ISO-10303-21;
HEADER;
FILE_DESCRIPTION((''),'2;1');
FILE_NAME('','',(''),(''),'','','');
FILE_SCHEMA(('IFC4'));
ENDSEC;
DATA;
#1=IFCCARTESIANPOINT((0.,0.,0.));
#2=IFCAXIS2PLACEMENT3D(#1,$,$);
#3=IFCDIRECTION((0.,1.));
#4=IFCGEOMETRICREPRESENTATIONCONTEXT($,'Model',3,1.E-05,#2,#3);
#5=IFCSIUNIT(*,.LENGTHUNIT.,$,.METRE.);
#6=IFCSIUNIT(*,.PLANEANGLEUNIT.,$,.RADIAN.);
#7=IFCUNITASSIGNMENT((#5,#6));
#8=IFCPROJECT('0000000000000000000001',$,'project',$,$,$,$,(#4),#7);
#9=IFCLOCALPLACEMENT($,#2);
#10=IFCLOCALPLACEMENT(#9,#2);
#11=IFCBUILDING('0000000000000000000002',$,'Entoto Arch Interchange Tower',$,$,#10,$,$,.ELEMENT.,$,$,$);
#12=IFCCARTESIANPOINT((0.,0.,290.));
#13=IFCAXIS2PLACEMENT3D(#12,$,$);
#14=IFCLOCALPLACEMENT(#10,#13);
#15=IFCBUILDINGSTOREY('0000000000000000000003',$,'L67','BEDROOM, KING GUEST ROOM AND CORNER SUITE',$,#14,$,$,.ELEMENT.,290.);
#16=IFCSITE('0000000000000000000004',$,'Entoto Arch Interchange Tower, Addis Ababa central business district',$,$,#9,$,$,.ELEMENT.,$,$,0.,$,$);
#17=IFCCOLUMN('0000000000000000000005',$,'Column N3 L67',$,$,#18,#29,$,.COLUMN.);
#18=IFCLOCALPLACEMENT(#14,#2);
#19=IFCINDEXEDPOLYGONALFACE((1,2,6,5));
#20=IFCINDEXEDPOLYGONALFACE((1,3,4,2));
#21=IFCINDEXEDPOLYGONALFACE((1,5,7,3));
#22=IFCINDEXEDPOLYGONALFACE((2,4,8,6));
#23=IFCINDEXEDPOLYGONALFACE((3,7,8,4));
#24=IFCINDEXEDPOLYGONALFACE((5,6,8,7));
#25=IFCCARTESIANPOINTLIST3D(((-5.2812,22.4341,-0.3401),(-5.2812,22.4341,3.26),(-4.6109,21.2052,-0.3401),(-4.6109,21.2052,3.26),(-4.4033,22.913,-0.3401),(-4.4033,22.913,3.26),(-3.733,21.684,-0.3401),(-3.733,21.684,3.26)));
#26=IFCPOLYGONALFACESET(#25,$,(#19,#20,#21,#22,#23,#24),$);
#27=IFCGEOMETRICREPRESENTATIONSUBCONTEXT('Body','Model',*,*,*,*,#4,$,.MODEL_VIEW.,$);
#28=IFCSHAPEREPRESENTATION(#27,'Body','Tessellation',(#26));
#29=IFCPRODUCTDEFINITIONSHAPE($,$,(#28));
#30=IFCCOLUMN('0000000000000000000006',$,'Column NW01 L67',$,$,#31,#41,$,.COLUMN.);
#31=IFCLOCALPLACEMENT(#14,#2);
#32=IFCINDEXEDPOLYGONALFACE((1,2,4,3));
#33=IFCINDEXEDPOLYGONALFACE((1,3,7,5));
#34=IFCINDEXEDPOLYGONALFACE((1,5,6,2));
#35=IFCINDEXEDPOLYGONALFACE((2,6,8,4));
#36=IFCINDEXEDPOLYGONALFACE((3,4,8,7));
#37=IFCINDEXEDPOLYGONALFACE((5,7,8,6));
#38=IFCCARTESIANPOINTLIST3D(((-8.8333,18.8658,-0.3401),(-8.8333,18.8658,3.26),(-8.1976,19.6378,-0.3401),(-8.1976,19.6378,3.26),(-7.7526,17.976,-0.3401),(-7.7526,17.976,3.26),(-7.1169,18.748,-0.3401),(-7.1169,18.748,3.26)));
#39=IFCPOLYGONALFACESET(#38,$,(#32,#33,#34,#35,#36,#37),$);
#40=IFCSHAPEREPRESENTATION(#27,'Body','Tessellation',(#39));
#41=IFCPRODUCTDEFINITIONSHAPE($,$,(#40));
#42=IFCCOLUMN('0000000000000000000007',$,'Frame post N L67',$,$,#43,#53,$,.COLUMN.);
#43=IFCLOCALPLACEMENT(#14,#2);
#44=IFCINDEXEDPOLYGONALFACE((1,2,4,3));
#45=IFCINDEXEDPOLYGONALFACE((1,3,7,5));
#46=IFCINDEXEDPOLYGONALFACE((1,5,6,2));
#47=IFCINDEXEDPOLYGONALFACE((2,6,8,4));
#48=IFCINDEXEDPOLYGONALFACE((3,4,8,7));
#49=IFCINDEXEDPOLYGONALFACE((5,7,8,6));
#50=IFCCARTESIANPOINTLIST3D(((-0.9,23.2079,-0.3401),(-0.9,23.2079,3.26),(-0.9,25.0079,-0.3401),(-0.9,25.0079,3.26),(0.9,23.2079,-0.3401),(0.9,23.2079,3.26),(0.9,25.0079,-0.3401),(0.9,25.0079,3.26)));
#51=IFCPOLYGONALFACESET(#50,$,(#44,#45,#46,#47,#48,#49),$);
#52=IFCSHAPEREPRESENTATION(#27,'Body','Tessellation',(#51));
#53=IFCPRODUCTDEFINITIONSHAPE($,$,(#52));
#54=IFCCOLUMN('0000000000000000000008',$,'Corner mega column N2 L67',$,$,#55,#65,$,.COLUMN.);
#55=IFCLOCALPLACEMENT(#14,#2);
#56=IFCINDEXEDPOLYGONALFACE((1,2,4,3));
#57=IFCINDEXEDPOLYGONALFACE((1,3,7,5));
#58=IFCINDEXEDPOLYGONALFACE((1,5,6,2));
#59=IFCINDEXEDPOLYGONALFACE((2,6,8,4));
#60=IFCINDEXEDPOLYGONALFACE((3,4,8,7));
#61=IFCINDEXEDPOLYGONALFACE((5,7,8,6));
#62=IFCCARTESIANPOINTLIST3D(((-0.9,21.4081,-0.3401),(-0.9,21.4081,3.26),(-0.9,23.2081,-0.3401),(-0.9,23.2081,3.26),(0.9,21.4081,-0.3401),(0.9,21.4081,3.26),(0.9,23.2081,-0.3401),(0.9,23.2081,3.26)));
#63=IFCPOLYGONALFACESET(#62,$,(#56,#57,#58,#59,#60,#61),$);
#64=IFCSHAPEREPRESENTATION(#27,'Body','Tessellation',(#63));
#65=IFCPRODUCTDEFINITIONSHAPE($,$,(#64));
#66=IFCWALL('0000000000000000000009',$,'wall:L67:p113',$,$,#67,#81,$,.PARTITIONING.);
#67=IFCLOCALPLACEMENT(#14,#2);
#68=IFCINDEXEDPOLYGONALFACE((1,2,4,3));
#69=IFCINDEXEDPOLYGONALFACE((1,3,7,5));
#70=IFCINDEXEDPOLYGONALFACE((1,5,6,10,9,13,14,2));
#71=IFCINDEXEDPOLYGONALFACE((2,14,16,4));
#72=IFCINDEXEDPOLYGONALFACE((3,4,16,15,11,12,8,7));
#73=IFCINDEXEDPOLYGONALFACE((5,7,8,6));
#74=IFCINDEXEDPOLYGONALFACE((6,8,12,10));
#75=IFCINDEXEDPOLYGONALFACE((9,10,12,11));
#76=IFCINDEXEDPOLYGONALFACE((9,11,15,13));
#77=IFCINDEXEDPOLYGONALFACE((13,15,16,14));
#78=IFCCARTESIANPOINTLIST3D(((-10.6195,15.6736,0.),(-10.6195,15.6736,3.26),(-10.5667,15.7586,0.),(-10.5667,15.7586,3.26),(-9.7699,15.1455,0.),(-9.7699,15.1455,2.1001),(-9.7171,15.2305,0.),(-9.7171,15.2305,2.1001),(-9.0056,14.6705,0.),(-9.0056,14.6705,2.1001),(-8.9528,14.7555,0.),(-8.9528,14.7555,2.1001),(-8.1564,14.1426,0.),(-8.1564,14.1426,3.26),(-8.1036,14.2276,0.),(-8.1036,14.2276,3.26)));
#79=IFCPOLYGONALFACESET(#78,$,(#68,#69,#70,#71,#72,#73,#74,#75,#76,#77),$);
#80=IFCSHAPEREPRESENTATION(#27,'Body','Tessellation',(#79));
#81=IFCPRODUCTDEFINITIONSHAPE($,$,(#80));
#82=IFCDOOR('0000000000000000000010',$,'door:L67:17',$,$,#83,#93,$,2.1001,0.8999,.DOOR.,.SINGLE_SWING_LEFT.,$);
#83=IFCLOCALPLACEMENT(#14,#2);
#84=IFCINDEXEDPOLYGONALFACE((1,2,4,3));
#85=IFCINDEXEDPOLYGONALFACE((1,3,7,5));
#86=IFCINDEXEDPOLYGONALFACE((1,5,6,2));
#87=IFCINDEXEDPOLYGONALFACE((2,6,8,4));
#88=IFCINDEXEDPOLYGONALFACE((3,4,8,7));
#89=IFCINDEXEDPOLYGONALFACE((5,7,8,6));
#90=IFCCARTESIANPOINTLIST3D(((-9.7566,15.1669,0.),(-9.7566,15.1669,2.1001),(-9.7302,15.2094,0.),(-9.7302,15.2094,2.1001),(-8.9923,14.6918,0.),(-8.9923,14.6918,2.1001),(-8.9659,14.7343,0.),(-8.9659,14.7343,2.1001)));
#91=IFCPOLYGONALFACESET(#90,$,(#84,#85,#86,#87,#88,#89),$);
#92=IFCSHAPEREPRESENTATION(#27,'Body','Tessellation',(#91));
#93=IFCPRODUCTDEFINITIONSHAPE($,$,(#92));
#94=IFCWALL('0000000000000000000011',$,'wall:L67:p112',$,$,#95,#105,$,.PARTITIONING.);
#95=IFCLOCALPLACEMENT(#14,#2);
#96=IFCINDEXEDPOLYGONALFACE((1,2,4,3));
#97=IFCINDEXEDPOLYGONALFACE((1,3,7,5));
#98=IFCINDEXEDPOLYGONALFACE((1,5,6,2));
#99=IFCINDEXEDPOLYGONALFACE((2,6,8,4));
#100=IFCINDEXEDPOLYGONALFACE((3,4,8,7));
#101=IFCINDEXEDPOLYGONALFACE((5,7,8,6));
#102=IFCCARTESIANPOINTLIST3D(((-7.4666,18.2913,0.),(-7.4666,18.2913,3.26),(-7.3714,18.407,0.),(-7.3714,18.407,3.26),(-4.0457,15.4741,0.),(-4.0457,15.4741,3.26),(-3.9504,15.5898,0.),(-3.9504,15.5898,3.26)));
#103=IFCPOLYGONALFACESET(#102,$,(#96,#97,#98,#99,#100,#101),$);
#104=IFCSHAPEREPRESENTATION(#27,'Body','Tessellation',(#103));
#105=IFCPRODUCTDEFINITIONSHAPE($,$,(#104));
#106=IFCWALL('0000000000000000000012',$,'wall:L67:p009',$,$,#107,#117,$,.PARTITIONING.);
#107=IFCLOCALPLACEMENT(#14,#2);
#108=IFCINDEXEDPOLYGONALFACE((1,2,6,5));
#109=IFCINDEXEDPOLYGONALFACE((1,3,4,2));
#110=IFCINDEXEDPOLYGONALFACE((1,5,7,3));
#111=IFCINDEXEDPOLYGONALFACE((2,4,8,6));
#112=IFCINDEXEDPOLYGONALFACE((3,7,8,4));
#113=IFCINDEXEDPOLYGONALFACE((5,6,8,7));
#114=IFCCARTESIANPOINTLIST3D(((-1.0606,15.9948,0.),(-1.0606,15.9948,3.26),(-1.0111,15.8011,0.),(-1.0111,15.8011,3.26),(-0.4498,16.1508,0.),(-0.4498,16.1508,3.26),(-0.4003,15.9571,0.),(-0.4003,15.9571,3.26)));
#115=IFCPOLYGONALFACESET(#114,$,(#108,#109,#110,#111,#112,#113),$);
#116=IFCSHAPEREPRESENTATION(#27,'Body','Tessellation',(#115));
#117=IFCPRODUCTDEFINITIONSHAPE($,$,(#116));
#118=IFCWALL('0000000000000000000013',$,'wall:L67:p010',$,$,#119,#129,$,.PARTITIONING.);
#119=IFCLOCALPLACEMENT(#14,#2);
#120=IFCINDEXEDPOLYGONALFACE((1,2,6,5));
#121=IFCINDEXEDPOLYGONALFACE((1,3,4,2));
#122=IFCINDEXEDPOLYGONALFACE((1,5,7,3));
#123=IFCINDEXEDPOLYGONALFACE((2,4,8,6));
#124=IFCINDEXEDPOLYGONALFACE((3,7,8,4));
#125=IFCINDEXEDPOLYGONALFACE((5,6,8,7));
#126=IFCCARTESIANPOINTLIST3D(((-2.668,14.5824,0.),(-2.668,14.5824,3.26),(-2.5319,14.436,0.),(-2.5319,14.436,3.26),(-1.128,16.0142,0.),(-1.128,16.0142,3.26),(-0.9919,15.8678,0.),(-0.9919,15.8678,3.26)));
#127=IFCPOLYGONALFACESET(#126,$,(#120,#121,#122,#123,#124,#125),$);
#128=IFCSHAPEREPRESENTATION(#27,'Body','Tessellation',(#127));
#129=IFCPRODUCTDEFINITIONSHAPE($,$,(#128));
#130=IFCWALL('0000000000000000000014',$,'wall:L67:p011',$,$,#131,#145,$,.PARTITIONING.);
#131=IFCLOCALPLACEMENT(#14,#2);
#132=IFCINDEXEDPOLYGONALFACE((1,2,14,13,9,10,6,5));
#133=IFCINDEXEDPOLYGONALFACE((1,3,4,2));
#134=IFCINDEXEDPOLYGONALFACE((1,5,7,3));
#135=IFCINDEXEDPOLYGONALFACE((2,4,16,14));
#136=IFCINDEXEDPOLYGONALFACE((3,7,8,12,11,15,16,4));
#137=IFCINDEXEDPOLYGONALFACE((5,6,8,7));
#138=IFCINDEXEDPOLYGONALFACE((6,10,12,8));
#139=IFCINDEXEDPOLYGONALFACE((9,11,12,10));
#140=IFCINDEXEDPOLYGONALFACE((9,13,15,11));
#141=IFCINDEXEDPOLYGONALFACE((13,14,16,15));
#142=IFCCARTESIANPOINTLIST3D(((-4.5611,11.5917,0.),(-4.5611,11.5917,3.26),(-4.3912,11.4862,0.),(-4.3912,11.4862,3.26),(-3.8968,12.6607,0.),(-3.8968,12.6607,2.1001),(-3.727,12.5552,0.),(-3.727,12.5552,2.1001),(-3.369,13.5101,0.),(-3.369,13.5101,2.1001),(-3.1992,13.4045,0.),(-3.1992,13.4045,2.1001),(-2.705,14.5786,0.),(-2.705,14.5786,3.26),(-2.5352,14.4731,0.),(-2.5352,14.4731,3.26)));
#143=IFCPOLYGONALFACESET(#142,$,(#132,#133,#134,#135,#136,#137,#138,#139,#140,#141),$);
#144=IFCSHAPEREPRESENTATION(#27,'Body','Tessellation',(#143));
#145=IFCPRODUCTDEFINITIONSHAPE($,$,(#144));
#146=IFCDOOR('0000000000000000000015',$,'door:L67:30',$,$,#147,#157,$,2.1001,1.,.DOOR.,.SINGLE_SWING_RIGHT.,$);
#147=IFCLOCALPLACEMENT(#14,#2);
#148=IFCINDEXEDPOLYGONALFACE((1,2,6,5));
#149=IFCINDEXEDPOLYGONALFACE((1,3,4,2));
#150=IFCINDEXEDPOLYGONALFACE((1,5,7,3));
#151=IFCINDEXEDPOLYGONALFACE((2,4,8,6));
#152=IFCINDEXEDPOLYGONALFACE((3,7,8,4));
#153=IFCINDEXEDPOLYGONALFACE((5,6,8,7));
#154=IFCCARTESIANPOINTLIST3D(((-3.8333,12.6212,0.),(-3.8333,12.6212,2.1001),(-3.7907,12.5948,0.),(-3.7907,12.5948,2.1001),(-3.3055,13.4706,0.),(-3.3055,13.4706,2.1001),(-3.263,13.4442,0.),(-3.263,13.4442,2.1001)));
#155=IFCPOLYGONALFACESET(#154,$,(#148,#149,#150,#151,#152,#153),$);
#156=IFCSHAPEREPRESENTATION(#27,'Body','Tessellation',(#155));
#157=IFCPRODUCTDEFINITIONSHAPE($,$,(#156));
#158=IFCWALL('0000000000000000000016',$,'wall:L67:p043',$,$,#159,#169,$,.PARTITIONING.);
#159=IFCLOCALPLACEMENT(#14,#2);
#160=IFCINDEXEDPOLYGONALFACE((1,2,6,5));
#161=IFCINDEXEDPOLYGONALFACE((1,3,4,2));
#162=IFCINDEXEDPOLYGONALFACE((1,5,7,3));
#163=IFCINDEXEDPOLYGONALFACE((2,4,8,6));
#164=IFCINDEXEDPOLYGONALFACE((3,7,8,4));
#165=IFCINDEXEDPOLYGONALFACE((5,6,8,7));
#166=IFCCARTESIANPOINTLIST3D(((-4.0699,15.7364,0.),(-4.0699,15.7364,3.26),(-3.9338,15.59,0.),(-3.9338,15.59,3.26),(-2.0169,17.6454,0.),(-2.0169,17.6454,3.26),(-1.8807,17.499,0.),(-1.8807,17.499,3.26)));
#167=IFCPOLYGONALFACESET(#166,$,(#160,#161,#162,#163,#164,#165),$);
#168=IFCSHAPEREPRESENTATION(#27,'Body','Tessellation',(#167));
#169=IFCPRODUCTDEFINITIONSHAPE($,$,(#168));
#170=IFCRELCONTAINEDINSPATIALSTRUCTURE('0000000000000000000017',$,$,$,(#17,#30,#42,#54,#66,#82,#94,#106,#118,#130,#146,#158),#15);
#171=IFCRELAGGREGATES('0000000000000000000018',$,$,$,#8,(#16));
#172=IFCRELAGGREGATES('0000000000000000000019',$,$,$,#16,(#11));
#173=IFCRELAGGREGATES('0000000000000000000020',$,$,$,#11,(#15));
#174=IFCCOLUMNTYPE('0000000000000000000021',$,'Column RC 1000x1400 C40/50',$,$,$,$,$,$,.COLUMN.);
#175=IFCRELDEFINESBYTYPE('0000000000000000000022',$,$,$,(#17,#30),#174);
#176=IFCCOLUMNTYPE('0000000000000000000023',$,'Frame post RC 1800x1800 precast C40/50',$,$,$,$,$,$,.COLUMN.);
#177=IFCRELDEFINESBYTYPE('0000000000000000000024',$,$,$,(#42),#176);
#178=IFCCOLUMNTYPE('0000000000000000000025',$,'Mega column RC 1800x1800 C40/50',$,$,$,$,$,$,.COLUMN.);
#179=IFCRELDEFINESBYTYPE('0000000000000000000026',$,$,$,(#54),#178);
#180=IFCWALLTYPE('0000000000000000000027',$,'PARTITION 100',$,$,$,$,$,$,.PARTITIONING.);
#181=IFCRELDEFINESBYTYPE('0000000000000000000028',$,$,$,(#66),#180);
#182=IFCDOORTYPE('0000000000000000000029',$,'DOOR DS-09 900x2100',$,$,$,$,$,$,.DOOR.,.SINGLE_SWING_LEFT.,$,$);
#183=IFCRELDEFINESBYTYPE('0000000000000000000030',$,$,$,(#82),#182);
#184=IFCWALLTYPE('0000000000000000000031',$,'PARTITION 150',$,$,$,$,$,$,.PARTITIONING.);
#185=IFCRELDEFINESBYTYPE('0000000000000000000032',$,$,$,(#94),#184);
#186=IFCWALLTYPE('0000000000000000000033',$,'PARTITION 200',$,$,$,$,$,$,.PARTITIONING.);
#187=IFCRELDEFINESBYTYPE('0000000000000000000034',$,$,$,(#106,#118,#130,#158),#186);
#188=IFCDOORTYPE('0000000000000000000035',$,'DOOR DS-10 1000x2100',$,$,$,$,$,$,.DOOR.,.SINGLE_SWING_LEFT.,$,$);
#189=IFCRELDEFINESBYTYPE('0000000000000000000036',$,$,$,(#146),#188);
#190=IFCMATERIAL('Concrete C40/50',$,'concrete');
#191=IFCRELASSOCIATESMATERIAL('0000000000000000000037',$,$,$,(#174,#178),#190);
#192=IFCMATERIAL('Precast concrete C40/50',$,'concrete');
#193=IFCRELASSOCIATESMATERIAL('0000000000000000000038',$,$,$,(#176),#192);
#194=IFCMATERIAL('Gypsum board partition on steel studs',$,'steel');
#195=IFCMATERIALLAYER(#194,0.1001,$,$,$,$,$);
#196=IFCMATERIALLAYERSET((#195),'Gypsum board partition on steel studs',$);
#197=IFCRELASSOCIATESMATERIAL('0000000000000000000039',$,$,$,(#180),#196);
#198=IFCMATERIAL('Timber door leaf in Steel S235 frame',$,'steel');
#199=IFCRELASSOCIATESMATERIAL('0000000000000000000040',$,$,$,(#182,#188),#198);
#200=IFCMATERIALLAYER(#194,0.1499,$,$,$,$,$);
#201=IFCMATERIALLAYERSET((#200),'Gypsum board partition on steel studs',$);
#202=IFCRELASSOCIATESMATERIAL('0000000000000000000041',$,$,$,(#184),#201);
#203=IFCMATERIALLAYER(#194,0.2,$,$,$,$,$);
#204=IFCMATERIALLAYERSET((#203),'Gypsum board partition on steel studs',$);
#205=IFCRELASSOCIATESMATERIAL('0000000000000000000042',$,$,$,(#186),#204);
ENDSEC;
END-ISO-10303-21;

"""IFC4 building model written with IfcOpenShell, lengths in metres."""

from ifc_helpers import new_model, si_unit, direction, frame, frame_2d, origin, origin_2d, place, context, subcontext, project, spatial, rectangle, extrude, material, layer, layer_set, material_profile, profile_set, type_object, element, fill, save


model = new_model("IFC4")

# Units and contexts
model_context = context("Model", 3, precision=1e-05, world=origin(), true_north=direction((0.0, 1.0)))
body_context = subcontext(model_context, "Body", "Model", "MODEL_VIEW")
ifc_project = project(units=[si_unit("LENGTHUNIT", "METRE"), si_unit("PLANEANGLEUNIT", "RADIAN")], contexts=[model_context])

# Site, building, storey
site_placement = place(None, origin())
site = spatial("IfcSite", under=ifc_project, at=site_placement, Name="Entoto Arch Interchange Tower, Addis Ababa central business district", CompositionType="ELEMENT", RefElevation=0.0)
building_placement = place(site_placement, origin())
building = spatial("IfcBuilding", under=site, at=building_placement, Name="Entoto Arch Interchange Tower", CompositionType="ELEMENT")
storey_placement = place(building_placement, frame((0.0, 0.0, 290.0)))
storey = spatial("IfcBuildingStorey", under=building, at=storey_placement, Name="L67", Description="BEDROOM, KING GUEST ROOM AND CORNER SUITE", CompositionType="ELEMENT", Elevation=290.0)

# Columns
ifc_material_1 = material(Name="Concrete C40/50", Category="concrete")
ifc_material_profile_1 = material_profile(ifc_material_1, rectangle(XDim=1.0, YDim=1.3999, at=origin_2d()))
ifc_profile_set_1 = profile_set([ifc_material_profile_1], Name="Concrete C40/50")
column_type_1 = type_object("IfcColumnType", Name="Column RC 1000x1400 C40/50", PredefinedType="COLUMN", material=ifc_profile_set_1)
for number, where, z_axis, x_axis, name in (
    (1, (-4.5071, 22.0591, -0.3401), (0.0, 0.0, 1.0), (0.877899, 0.478845, 0.0), "Column N3 L67"),
    (2, (-7.9751, 18.8069, -0.3401), (0.0, 0.0, 1.0), (0.635647, 0.77198, 0.0), "Column NW01 L67"),
):
    element("IfcColumn", number, at=place(storey_placement, frame(where, z_axis=z_axis, x_axis=x_axis)), inside=storey, type_object=column_type_1, Name=name, PredefinedType="COLUMN", context=body_context, shape_type="SweptSolid", body=[
        extrude(rectangle(XDim=1.0, YDim=1.3999, at=origin_2d()), origin(), (0.0, 0.0, 1.0), 3.6001),
    ])
ifc_material_2 = material(Name="Precast concrete C40/50", Category="concrete")
ifc_material_profile_2 = material_profile(ifc_material_2, rectangle(XDim=1.8, YDim=1.8, at=origin_2d()))
ifc_profile_set_2 = profile_set([ifc_material_profile_2], Name="Precast concrete C40/50")
column_type_2 = type_object("IfcColumnType", Name="Frame post RC 1800x1800 precast C40/50", PredefinedType="COLUMN", material=ifc_profile_set_2)
column_1_placement = place(storey_placement, frame((0.0, 24.1079, -0.3401), z_axis=(0.0, 0.0, 1.0), x_axis=(0.0, 1.0, 0.0)))
element("IfcColumn", 3, at=column_1_placement, inside=storey, type_object=column_type_2, Name="Frame post N L67", PredefinedType="COLUMN", context=body_context, shape_type="SweptSolid", body=[
    extrude(rectangle(XDim=1.8, YDim=1.8, at=origin_2d()), origin(), (0.0, 0.0, 1.0), 3.6001),
])
ifc_material_profile_3 = material_profile(ifc_material_1, rectangle(XDim=1.8, YDim=1.8, at=origin_2d()))
ifc_profile_set_3 = profile_set([ifc_material_profile_3], Name="Concrete C40/50")
column_type_3 = type_object("IfcColumnType", Name="Mega column RC 1800x1800 C40/50", PredefinedType="COLUMN", material=ifc_profile_set_3)
column_2_placement = place(storey_placement, frame((0.0, 22.3081, -0.3401), z_axis=(0.0, 0.0, 1.0), x_axis=(0.0, 1.0, 0.0)))
element("IfcColumn", 4, at=column_2_placement, inside=storey, type_object=column_type_3, Name="Corner mega column N2 L67", PredefinedType="COLUMN", context=body_context, shape_type="SweptSolid", body=[
    extrude(rectangle(XDim=1.8, YDim=1.8, at=origin_2d()), origin(), (0.0, 0.0, 1.0), 3.6001),
])

# Wall, opening, door
ifc_material_3 = material(Name="Gypsum board partition on steel studs", Category="steel")
ifc_layer_1 = layer(ifc_material_3, 0.1001)
ifc_layer_set_1 = layer_set([ifc_layer_1], Name="Gypsum board partition on steel studs")
wall_type_1 = type_object("IfcWallType", Name="PARTITION 100", PredefinedType="PARTITIONING", material=ifc_layer_set_1)
wall_1_placement = place(storey_placement, frame((-8.1299, 14.1851, 0.0), z_axis=(0.0, 0.0, 1.0), x_axis=(-0.849306, 0.527901, 0.0)))
wall_1 = element("IfcWall", 5, at=wall_1_placement, inside=storey, type_object=wall_type_1, Name="wall:L67:p113", PredefinedType="PARTITIONING", context=body_context, shape_type="SweptSolid", body=[
    extrude(rectangle(XDim=2.9001, YDim=0.1001, at=frame_2d((1.4502, 0.0))), origin(), (0.0, 0.0, 1.0), 3.26),
])
opening_1_placement = place(wall_1_placement, frame((1.0, 0.0, 0.0)))
opening_1 = element("IfcOpeningElement", 6, at=opening_1_placement, cuts=wall_1, PredefinedType="OPENING", context=body_context, shape_type="SweptSolid", body=[
    extrude(rectangle(XDim=0.8999, YDim=2.1001, at=frame_2d((0.45, 1.05))), frame((0.0, 0.0601, 0.0), z_axis=(0.0, -1.0, 0.0), x_axis=(1.0, 0.0, 0.0)), (0.0, 0.0, 1.0), 0.1201),
])
ifc_material_4 = material(Name="Timber door leaf in Steel S235 frame", Category="steel")
door_type_1 = type_object("IfcDoorType", Name="DOOR DS-09 900x2100", OperationType="SINGLE_SWING_LEFT", PredefinedType="DOOR", material=ifc_material_4)
door_1_placement = place(opening_1_placement, origin())
door_1 = element("IfcDoor", 7, at=door_1_placement, inside=storey, type_object=door_type_1, Name="door:L67:17", OperationType="SINGLE_SWING_LEFT", OverallHeight=2.1001, OverallWidth=0.8999, PredefinedType="DOOR", context=body_context, shape_type="SweptSolid", body=[
    extrude(rectangle(XDim=0.8999, YDim=2.1001, at=frame_2d((0.45, 1.05))), frame((0.0, 0.0249, 0.0), z_axis=(0.0, -1.0, 0.0), x_axis=(1.0, 0.0, 0.0)), (0.0, 0.0, 1.0), 0.05),
])
fill(opening_1, door_1)

# Walls
ifc_layer_2 = layer(ifc_material_3, 0.1499)
ifc_layer_set_2 = layer_set([ifc_layer_2], Name="Gypsum board partition on steel studs")
wall_type_2 = type_object("IfcWallType", Name="PARTITION 150", PredefinedType="PARTITIONING", material=ifc_layer_set_2)
wall_2_placement = place(storey_placement, frame((-3.998, 15.532, 0.0), z_axis=(0.0, 0.0, 1.0), x_axis=(-0.771938, 0.635698, 0.0)))
element("IfcWall", 8, at=wall_2_placement, inside=storey, type_object=wall_type_2, Name="wall:L67:p112", PredefinedType="PARTITIONING", context=body_context, shape_type="SweptSolid", body=[
    extrude(rectangle(XDim=4.4316, YDim=0.1499, at=frame_2d((2.2158, 0.0))), origin(), (0.0, 0.0, 1.0), 3.26),
])
ifc_layer_3 = layer(ifc_material_3, 0.2)
ifc_layer_set_3 = layer_set([ifc_layer_3], Name="Gypsum board partition on steel studs")
wall_type_3 = type_object("IfcWallType", Name="PARTITION 200", PredefinedType="PARTITIONING", material=ifc_layer_set_3)
wall_3_placement = place(storey_placement, frame((-0.425, 16.054, 0.0), z_axis=(0.0, 0.0, 1.0), x_axis=(-0.9689, -0.247453, 0.0)))
element("IfcWall", 9, at=wall_3_placement, inside=storey, type_object=wall_type_3, Name="wall:L67:p009", PredefinedType="PARTITIONING", context=body_context, shape_type="SweptSolid", body=[
    extrude(rectangle(XDim=0.6304, YDim=0.2, at=frame_2d((0.3152, 0.0))), origin(), (0.0, 0.0, 1.0), 3.26),
])
wall_4_placement = place(storey_placement, frame((-1.0601, 15.9409, 0.0), z_axis=(0.0, 0.0, 1.0), x_axis=(-0.732355, -0.680923, 0.0)))
element("IfcWall", 10, at=wall_4_placement, inside=storey, type_object=wall_type_3, Name="wall:L67:p010", PredefinedType="PARTITIONING", context=body_context, shape_type="SweptSolid", body=[
    extrude(rectangle(XDim=2.1028, YDim=0.2, at=frame_2d((1.0513, 0.0))), origin(), (0.0, 0.0, 1.0), 3.26),
])

# Wall, opening, door
wall_5_placement = place(storey_placement, frame((-2.6201, 14.5259, 0.0), z_axis=(0.0, 0.0, 1.0), x_axis=(-0.527788, -0.849376, 0.0)))
wall_5 = element("IfcWall", 11, at=wall_5_placement, inside=storey, type_object=wall_type_3, Name="wall:L67:p011", PredefinedType="PARTITIONING", context=body_context, shape_type="SweptSolid", body=[
    extrude(rectangle(XDim=3.5166, YDim=0.2, at=frame_2d((1.7583, 0.0))), origin(), (0.0, 0.0, 1.0), 3.26),
])
opening_2_placement = place(wall_5_placement, frame((1.2581, 0.0, 0.0)))
opening_2 = element("IfcOpeningElement", 12, at=opening_2_placement, cuts=wall_5, PredefinedType="OPENING", context=body_context, shape_type="SweptSolid", body=[
    extrude(rectangle(XDim=1.0, YDim=2.1001, at=frame_2d((0.5, 1.05))), frame((0.0, 0.1099, 0.0), z_axis=(0.0, -1.0, 0.0), x_axis=(1.0, 0.0, 0.0)), (0.0, 0.0, 1.0), 0.22),
])
door_type_2 = type_object("IfcDoorType", Name="DOOR DS-10 1000x2100", OperationType="SINGLE_SWING_LEFT", PredefinedType="DOOR", material=ifc_material_4)
door_2_placement = place(opening_2_placement, origin())
door_2 = element("IfcDoor", 13, at=door_2_placement, inside=storey, type_object=door_type_2, Name="door:L67:30", OperationType="SINGLE_SWING_RIGHT", OverallHeight=2.1001, OverallWidth=1.0, PredefinedType="DOOR", context=body_context, shape_type="SweptSolid", body=[
    extrude(rectangle(XDim=1.0, YDim=2.1001, at=frame_2d((0.5, 1.05))), frame((0.0, 0.0249, 0.0), z_axis=(0.0, -1.0, 0.0), x_axis=(1.0, 0.0, 0.0)), (0.0, 0.0, 1.0), 0.05),
])
fill(opening_2, door_2)

# Wall
wall_6_placement = place(storey_placement, frame((-4.002, 15.6631, 0.0), z_axis=(0.0, 0.0, 1.0), x_axis=(0.732331, 0.680949, 0.0)))
element("IfcWall", 14, at=wall_6_placement, inside=storey, type_object=wall_type_3, Name="wall:L67:p043", PredefinedType="PARTITIONING", context=body_context, shape_type="SweptSolid", body=[
    extrude(rectangle(XDim=2.8035, YDim=0.2, at=frame_2d((1.4019, 0.0))), origin(), (0.0, 0.0, 1.0), 3.26),
])

save(model, "model.ifc")
